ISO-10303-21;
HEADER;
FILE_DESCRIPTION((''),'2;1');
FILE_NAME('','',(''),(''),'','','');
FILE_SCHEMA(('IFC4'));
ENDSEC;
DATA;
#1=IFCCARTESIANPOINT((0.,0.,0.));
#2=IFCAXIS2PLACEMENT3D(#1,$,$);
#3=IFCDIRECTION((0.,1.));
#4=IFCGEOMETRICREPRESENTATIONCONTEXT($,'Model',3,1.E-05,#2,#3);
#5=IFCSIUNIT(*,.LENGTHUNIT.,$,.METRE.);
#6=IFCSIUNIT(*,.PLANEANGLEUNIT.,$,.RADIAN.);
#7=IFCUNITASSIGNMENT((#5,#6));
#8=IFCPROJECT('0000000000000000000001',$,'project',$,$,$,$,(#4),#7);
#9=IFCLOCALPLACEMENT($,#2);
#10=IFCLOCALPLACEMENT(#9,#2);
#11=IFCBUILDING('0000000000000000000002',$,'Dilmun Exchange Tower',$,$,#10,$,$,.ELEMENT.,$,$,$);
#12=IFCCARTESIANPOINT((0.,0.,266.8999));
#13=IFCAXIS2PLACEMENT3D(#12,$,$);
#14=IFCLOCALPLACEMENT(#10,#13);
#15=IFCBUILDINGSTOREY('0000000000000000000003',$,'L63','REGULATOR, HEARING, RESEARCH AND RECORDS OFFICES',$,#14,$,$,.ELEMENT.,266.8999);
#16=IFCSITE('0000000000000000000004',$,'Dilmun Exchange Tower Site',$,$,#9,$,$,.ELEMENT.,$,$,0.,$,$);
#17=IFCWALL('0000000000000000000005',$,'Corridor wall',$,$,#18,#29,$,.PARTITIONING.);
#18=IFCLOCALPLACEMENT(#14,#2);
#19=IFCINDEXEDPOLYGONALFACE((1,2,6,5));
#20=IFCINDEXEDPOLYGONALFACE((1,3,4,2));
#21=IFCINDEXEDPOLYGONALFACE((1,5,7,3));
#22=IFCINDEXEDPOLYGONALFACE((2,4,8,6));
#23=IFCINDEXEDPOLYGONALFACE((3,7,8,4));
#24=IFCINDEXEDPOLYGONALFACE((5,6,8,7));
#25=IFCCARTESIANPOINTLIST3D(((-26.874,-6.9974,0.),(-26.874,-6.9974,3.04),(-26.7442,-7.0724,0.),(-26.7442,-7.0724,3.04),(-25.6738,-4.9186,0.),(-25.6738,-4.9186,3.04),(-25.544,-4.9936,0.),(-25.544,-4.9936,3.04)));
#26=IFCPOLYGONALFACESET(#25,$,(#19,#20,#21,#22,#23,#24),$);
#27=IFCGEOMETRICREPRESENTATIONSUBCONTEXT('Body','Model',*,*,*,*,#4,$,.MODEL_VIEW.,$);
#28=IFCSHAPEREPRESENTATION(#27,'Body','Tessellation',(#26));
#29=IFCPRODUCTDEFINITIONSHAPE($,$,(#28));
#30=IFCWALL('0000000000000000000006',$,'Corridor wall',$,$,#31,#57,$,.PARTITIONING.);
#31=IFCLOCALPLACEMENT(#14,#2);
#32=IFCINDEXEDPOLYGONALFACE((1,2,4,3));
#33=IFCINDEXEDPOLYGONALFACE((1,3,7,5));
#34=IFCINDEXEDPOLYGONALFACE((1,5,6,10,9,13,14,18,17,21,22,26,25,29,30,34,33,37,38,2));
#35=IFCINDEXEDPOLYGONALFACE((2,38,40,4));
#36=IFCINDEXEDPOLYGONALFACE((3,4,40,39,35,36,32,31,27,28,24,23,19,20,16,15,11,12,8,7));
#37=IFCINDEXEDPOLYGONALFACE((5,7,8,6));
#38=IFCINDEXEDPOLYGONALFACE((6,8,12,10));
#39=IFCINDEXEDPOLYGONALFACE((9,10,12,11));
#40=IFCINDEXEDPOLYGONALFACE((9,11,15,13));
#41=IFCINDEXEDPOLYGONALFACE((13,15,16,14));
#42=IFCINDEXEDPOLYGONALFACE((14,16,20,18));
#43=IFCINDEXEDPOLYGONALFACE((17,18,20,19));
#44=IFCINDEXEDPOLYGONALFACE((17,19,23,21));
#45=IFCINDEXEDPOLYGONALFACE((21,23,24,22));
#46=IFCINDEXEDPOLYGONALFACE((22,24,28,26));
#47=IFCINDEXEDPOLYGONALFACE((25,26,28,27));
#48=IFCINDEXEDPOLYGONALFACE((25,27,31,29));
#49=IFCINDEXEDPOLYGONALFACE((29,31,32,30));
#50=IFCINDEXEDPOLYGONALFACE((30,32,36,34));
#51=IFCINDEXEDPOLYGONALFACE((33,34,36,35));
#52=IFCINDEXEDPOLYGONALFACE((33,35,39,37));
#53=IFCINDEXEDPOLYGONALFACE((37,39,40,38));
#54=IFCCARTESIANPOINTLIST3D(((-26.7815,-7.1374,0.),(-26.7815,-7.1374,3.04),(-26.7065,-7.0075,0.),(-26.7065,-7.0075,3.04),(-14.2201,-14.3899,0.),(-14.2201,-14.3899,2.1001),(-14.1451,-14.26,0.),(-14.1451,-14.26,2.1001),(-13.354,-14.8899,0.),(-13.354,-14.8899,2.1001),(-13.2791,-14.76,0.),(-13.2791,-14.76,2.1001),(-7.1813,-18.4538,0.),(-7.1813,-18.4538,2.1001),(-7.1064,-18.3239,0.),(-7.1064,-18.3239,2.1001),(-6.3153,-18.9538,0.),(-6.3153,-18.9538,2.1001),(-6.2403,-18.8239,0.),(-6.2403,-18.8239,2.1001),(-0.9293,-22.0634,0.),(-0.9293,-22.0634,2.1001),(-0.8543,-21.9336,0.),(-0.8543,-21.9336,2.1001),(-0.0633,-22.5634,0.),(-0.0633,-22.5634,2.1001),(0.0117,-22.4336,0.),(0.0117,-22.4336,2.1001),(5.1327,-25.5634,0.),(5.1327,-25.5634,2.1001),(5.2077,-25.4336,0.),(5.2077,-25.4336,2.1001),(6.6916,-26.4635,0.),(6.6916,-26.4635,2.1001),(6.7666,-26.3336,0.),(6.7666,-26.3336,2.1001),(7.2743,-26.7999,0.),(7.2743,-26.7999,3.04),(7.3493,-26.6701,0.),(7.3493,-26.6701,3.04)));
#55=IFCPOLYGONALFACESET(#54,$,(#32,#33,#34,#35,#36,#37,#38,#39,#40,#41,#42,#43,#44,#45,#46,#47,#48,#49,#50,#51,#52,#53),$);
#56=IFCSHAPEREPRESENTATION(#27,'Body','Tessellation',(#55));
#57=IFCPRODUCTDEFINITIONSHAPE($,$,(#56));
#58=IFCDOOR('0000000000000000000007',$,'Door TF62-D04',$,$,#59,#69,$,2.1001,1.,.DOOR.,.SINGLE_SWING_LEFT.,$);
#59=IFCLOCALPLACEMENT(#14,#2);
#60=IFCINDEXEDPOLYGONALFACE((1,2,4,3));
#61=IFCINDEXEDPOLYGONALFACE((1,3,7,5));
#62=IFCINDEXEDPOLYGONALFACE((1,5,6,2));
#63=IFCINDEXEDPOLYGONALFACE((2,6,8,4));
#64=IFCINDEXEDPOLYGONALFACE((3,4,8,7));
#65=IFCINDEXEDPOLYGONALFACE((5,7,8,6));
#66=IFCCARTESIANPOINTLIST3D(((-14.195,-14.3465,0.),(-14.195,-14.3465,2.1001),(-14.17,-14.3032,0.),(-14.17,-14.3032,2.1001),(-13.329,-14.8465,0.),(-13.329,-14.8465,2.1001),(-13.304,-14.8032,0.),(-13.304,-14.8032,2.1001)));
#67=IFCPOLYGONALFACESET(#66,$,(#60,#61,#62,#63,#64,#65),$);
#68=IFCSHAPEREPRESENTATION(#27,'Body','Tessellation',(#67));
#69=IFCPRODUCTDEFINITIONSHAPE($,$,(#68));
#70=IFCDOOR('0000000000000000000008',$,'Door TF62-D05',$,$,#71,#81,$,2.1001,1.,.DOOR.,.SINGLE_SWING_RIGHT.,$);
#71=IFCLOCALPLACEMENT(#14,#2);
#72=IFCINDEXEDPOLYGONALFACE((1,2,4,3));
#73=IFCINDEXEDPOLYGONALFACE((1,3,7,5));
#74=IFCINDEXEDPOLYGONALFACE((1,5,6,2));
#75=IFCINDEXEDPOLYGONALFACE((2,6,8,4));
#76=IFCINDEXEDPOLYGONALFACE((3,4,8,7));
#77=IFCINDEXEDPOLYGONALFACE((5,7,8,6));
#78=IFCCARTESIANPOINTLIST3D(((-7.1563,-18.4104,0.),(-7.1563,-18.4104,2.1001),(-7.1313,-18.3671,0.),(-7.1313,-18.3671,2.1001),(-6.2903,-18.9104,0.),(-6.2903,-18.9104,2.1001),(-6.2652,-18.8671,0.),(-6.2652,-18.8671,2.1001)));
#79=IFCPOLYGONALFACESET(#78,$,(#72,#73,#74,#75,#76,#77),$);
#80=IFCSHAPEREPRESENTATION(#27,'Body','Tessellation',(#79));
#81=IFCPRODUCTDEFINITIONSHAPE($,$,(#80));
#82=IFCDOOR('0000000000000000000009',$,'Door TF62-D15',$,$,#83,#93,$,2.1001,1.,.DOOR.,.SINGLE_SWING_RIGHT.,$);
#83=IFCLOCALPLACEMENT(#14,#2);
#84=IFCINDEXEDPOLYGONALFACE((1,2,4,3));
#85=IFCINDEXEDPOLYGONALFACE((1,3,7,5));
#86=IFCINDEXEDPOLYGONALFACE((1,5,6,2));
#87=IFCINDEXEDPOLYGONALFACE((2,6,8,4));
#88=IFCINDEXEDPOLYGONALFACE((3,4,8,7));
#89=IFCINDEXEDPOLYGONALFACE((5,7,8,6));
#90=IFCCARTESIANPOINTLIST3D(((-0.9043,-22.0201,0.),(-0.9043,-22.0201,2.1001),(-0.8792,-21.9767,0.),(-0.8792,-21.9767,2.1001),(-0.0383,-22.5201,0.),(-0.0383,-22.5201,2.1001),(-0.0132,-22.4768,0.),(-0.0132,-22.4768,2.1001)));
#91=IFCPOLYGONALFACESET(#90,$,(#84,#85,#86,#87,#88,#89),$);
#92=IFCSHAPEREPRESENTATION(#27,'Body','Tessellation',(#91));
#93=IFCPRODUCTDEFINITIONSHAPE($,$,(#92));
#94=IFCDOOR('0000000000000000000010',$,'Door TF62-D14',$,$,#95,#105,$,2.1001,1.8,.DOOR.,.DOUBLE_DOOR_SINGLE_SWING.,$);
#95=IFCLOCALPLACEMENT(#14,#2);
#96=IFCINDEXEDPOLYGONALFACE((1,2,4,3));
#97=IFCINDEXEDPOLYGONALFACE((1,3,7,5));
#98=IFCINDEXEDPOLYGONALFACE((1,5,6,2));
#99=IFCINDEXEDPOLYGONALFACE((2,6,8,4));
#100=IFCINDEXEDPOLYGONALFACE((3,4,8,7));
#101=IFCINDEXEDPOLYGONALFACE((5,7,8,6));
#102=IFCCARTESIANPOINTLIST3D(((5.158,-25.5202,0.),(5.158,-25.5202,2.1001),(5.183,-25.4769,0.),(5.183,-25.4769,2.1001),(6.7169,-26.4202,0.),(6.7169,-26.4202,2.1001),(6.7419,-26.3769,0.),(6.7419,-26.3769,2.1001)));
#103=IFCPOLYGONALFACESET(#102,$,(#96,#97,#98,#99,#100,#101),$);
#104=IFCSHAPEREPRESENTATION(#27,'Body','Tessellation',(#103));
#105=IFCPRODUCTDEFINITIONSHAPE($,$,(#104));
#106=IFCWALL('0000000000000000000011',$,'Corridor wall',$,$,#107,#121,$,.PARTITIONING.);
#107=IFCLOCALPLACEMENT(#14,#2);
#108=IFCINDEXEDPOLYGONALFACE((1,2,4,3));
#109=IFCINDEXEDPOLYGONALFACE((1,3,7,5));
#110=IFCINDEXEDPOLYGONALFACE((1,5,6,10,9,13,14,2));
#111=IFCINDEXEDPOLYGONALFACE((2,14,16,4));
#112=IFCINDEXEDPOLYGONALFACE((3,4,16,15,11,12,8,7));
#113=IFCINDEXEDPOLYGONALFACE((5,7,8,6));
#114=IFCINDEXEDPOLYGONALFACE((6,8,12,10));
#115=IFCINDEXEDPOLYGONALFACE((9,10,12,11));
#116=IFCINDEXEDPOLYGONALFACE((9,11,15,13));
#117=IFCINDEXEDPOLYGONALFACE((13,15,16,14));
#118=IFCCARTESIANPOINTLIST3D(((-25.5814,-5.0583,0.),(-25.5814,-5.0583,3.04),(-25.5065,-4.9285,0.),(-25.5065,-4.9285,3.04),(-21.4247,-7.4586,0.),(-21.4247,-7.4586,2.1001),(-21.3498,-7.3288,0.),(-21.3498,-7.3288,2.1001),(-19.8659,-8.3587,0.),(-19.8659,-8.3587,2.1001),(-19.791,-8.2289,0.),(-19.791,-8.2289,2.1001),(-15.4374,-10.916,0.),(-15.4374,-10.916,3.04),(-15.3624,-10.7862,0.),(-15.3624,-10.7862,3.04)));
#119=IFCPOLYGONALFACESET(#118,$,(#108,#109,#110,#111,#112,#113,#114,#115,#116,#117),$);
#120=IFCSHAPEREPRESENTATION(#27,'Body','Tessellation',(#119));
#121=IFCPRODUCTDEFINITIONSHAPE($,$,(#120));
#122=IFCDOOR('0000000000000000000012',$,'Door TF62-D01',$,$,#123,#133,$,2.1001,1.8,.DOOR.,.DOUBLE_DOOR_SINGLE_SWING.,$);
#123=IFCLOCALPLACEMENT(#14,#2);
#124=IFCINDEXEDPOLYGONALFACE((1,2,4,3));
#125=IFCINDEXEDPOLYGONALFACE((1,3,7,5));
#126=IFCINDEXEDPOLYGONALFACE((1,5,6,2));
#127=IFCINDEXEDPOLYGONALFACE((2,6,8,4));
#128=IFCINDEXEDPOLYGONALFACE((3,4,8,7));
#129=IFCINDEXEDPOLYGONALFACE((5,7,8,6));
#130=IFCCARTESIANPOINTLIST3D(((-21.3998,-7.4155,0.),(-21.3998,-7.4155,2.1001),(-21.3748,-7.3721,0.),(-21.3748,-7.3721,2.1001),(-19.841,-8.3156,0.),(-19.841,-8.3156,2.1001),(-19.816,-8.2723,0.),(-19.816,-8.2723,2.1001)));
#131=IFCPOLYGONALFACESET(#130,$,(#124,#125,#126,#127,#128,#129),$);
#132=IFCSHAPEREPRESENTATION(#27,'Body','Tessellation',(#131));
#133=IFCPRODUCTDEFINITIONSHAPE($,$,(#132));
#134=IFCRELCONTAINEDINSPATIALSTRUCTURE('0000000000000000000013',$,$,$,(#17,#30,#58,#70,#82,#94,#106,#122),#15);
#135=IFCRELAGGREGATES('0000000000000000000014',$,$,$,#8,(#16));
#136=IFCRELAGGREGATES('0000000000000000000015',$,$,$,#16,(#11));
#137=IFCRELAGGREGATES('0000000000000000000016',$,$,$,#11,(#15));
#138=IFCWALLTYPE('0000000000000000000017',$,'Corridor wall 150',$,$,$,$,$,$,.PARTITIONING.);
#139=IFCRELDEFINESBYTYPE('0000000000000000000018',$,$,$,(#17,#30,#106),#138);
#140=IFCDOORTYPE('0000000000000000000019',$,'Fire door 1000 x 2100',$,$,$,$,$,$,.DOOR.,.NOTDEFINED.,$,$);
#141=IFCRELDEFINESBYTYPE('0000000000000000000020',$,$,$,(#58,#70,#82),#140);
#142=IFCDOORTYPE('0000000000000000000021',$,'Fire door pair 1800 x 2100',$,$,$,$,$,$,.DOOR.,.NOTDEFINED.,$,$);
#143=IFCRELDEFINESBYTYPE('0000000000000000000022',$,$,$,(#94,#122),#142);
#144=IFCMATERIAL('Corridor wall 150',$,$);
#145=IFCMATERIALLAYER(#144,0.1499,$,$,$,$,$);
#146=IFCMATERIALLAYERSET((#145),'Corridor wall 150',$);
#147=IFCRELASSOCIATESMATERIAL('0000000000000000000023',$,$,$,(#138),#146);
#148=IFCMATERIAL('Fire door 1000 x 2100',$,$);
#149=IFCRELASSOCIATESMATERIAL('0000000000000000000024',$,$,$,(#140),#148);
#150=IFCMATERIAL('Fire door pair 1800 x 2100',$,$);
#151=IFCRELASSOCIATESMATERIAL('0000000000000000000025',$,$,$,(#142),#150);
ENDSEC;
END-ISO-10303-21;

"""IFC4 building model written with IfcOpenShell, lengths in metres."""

from ifc_helpers import new_model, si_unit, direction, frame, frame_2d, origin, place, context, subcontext, project, spatial, rectangle, extrude, material, layer, layer_set, type_object, element, fill, save


model = new_model("IFC4")

# Units and contexts
model_context = context("Model", 3, precision=1e-05, world=origin(), true_north=direction((0.0, 1.0)))
body_context = subcontext(model_context, "Body", "Model", "MODEL_VIEW")
ifc_project = project(units=[si_unit("LENGTHUNIT", "METRE"), si_unit("PLANEANGLEUNIT", "RADIAN")], contexts=[model_context])

# Site, building, storey
site_placement = place(None, origin())
site = spatial("IfcSite", under=ifc_project, at=site_placement, Name="Dilmun Exchange Tower Site", CompositionType="ELEMENT", RefElevation=0.0)
building_placement = place(site_placement, origin())
building = spatial("IfcBuilding", under=site, at=building_placement, Name="Dilmun Exchange Tower", CompositionType="ELEMENT")
storey_placement = place(building_placement, frame((0.0, 0.0, 266.8999)))
storey = spatial("IfcBuildingStorey", under=building, at=storey_placement, Name="L63", Description="REGULATOR, HEARING, RESEARCH AND RECORDS OFFICES", CompositionType="ELEMENT", Elevation=266.8999)

# Wall
ifc_material_1 = material(Name="Corridor wall 150")
ifc_layer_1 = layer(ifc_material_1, 0.1499)
ifc_layer_set_1 = layer_set([ifc_layer_1], Name="Corridor wall 150")
wall_type_1 = type_object("IfcWallType", Name="Corridor wall 150", PredefinedType="PARTITIONING", material=ifc_layer_set_1)
wall_1_placement = place(storey_placement, frame((-26.8091, -7.0349, 0.0), z_axis=(0.0, 0.0, 1.0), x_axis=(0.49999, 0.866031, 0.0)))
element("IfcWall", 1, at=wall_1_placement, inside=storey, type_object=wall_type_1, Name="Corridor wall", PredefinedType="PARTITIONING", context=body_context, shape_type="SweptSolid", body=[
    extrude(rectangle(XDim=2.4004, YDim=0.1499, at=frame_2d((1.2002, 0.0))), origin(), (0.0, 0.0, 1.0), 3.04),
])

# Wall, openings, doors
wall_2_placement = place(storey_placement, frame((-26.7439, -7.0725, 0.0), z_axis=(0.0, 0.0, 1.0), x_axis=(0.866021, -0.500008, 0.0)))
wall_2 = element("IfcWall", 2, at=wall_2_placement, inside=storey, type_object=wall_type_1, Name="Corridor wall", PredefinedType="PARTITIONING", context=body_context, shape_type="SweptSolid", body=[
    extrude(rectangle(XDim=39.3245, YDim=0.1499, at=frame_2d((19.6621, 0.0))), origin(), (0.0, 0.0, 1.0), 3.04),
])
opening_1_placement = place(wall_2_placement, frame((14.5046, 0.0, 0.0)))
opening_1 = element("IfcOpeningElement", 3, at=opening_1_placement, cuts=wall_2, PredefinedType="OPENING", context=body_context, shape_type="SweptSolid", body=[
    extrude(rectangle(XDim=1.0, YDim=2.1001, at=frame_2d((0.5, 1.05))), frame((0.0, 0.085, 0.0), z_axis=(0.0, -1.0, 0.0), x_axis=(1.0, 0.0, 0.0)), (0.0, 0.0, 1.0), 0.1699),
])
opening_2_placement = place(wall_2_placement, frame((22.6323, 0.0, 0.0)))
opening_2 = element("IfcOpeningElement", 4, at=opening_2_placement, cuts=wall_2, PredefinedType="OPENING", context=body_context, shape_type="SweptSolid", body=[
    extrude(rectangle(XDim=1.0, YDim=2.1001, at=frame_2d((0.5, 1.05))), frame((0.0, 0.085, 0.0), z_axis=(0.0, -1.0, 0.0), x_axis=(1.0, 0.0, 0.0)), (0.0, 0.0, 1.0), 0.1699),
])
opening_3_placement = place(wall_2_placement, frame((36.8516, 0.0, 0.0)))
opening_3 = element("IfcOpeningElement", 5, at=opening_3_placement, cuts=wall_2, PredefinedType="OPENING", context=body_context, shape_type="SweptSolid", body=[
    extrude(rectangle(XDim=1.8, YDim=2.1001, at=frame_2d((0.8999, 1.05))), frame((0.0, 0.085, 0.0), z_axis=(0.0, -1.0, 0.0), x_axis=(1.0, 0.0, 0.0)), (0.0, 0.0, 1.0), 0.1699),
])
opening_4_placement = place(wall_2_placement, frame((29.8516, 0.0, 0.0)))
opening_4 = element("IfcOpeningElement", 6, at=opening_4_placement, cuts=wall_2, PredefinedType="OPENING", context=body_context, shape_type="SweptSolid", body=[
    extrude(rectangle(XDim=1.0, YDim=2.1001, at=frame_2d((0.5, 1.05))), frame((0.0, 0.085, 0.0), z_axis=(0.0, -1.0, 0.0), x_axis=(1.0, 0.0, 0.0)), (0.0, 0.0, 1.0), 0.1699),
])
ifc_material_2 = material(Name="Fire door 1000 x 2100")
door_type_1 = type_object("IfcDoorType", Name="Fire door 1000 x 2100", OperationType="NOTDEFINED", PredefinedType="DOOR", material=ifc_material_2)
door_1_placement = place(opening_1_placement, frame((1.0, 0.0, 0.0), z_axis=(0.0, 0.0, 1.0), x_axis=(-1.0, 0.0, 0.0)))
door_1 = element("IfcDoor", 7, at=door_1_placement, inside=storey, type_object=door_type_1, Name="Door TF62-D04", OperationType="SINGLE_SWING_LEFT", OverallHeight=2.1001, OverallWidth=1.0, PredefinedType="DOOR", context=body_context, shape_type="SweptSolid", body=[
    extrude(rectangle(XDim=1.0, YDim=2.1001, at=frame_2d((0.5, 1.05))), frame((0.0, 0.0249, 0.0), z_axis=(0.0, -1.0, 0.0), x_axis=(1.0, 0.0, 0.0)), (0.0, 0.0, 1.0), 0.05),
])
fill(opening_1, door_1)
door_2_placement = place(opening_2_placement, frame((1.0, 0.0, 0.0), z_axis=(0.0, 0.0, 1.0), x_axis=(-1.0, 0.0, 0.0)))
door_2 = element("IfcDoor", 8, at=door_2_placement, inside=storey, type_object=door_type_1, Name="Door TF62-D05", OperationType="SINGLE_SWING_RIGHT", OverallHeight=2.1001, OverallWidth=1.0, PredefinedType="DOOR", context=body_context, shape_type="SweptSolid", body=[
    extrude(rectangle(XDim=1.0, YDim=2.1001, at=frame_2d((0.5, 1.05))), frame((0.0, 0.0249, 0.0), z_axis=(0.0, -1.0, 0.0), x_axis=(1.0, 0.0, 0.0)), (0.0, 0.0, 1.0), 0.05),
])
fill(opening_2, door_2)
door_3_placement = place(opening_4_placement, frame((1.0, 0.0, 0.0), z_axis=(0.0, 0.0, 1.0), x_axis=(-1.0, 0.0, 0.0)))
door_3 = element("IfcDoor", 9, at=door_3_placement, inside=storey, type_object=door_type_1, Name="Door TF62-D15", OperationType="SINGLE_SWING_RIGHT", OverallHeight=2.1001, OverallWidth=1.0, PredefinedType="DOOR", context=body_context, shape_type="SweptSolid", body=[
    extrude(rectangle(XDim=1.0, YDim=2.1001, at=frame_2d((0.5, 1.05))), frame((0.0, 0.0249, 0.0), z_axis=(0.0, -1.0, 0.0), x_axis=(1.0, 0.0, 0.0)), (0.0, 0.0, 1.0), 0.05),
])
fill(opening_4, door_3)
ifc_material_3 = material(Name="Fire door pair 1800 x 2100")
door_type_2 = type_object("IfcDoorType", Name="Fire door pair 1800 x 2100", OperationType="NOTDEFINED", PredefinedType="DOOR", material=ifc_material_3)
door_4_placement = place(opening_3_placement, frame((1.8, 0.0, 0.0), z_axis=(0.0, 0.0, 1.0), x_axis=(-1.0, 0.0, 0.0)))
door_4 = element("IfcDoor", 10, at=door_4_placement, inside=storey, type_object=door_type_2, Name="Door TF62-D14", OperationType="DOUBLE_DOOR_SINGLE_SWING", OverallHeight=2.1001, OverallWidth=1.8, PredefinedType="DOOR", context=body_context, shape_type="SweptSolid", body=[
    extrude(rectangle(XDim=1.8, YDim=2.1001, at=frame_2d((0.8999, 1.05))), frame((0.0, 0.0249, 0.0), z_axis=(0.0, -1.0, 0.0), x_axis=(1.0, 0.0, 0.0)), (0.0, 0.0, 1.0), 0.05),
])
fill(opening_3, door_4)

# Wall, opening, door
wall_3_placement = place(storey_placement, frame((-25.5439, -4.9934, 0.0), z_axis=(0.0, 0.0, 1.0), x_axis=(0.865988, -0.500064, 0.0)))
wall_3 = element("IfcWall", 11, at=wall_3_placement, inside=storey, type_object=wall_type_1, Name="Corridor wall", PredefinedType="PARTITIONING", context=body_context, shape_type="SweptSolid", body=[
    extrude(rectangle(XDim=11.7139, YDim=0.1499, at=frame_2d((5.8569, 0.0))), origin(), (0.0, 0.0, 1.0), 3.04),
])
opening_5_placement = place(wall_3_placement, frame((4.8, 0.0, 0.0)))
opening_5 = element("IfcOpeningElement", 12, at=opening_5_placement, cuts=wall_3, PredefinedType="OPENING", context=body_context, shape_type="SweptSolid", body=[
    extrude(rectangle(XDim=1.8, YDim=2.1001, at=frame_2d((0.8999, 1.05))), frame((0.0, 0.085, 0.0), z_axis=(0.0, -1.0, 0.0), x_axis=(1.0, 0.0, 0.0)), (0.0, 0.0, 1.0), 0.1699),
])
door_5_placement = place(opening_5_placement, origin())
door_5 = element("IfcDoor", 13, at=door_5_placement, inside=storey, type_object=door_type_2, Name="Door TF62-D01", OperationType="DOUBLE_DOOR_SINGLE_SWING", OverallHeight=2.1001, OverallWidth=1.8, PredefinedType="DOOR", context=body_context, shape_type="SweptSolid", body=[
    extrude(rectangle(XDim=1.8, YDim=2.1001, at=frame_2d((0.8999, 1.05))), frame((0.0, 0.0249, 0.0), z_axis=(0.0, -1.0, 0.0), x_axis=(1.0, 0.0, 0.0)), (0.0, 0.0, 1.0), 0.05),
])
fill(opening_5, door_5)

save(model, "model.ifc")
